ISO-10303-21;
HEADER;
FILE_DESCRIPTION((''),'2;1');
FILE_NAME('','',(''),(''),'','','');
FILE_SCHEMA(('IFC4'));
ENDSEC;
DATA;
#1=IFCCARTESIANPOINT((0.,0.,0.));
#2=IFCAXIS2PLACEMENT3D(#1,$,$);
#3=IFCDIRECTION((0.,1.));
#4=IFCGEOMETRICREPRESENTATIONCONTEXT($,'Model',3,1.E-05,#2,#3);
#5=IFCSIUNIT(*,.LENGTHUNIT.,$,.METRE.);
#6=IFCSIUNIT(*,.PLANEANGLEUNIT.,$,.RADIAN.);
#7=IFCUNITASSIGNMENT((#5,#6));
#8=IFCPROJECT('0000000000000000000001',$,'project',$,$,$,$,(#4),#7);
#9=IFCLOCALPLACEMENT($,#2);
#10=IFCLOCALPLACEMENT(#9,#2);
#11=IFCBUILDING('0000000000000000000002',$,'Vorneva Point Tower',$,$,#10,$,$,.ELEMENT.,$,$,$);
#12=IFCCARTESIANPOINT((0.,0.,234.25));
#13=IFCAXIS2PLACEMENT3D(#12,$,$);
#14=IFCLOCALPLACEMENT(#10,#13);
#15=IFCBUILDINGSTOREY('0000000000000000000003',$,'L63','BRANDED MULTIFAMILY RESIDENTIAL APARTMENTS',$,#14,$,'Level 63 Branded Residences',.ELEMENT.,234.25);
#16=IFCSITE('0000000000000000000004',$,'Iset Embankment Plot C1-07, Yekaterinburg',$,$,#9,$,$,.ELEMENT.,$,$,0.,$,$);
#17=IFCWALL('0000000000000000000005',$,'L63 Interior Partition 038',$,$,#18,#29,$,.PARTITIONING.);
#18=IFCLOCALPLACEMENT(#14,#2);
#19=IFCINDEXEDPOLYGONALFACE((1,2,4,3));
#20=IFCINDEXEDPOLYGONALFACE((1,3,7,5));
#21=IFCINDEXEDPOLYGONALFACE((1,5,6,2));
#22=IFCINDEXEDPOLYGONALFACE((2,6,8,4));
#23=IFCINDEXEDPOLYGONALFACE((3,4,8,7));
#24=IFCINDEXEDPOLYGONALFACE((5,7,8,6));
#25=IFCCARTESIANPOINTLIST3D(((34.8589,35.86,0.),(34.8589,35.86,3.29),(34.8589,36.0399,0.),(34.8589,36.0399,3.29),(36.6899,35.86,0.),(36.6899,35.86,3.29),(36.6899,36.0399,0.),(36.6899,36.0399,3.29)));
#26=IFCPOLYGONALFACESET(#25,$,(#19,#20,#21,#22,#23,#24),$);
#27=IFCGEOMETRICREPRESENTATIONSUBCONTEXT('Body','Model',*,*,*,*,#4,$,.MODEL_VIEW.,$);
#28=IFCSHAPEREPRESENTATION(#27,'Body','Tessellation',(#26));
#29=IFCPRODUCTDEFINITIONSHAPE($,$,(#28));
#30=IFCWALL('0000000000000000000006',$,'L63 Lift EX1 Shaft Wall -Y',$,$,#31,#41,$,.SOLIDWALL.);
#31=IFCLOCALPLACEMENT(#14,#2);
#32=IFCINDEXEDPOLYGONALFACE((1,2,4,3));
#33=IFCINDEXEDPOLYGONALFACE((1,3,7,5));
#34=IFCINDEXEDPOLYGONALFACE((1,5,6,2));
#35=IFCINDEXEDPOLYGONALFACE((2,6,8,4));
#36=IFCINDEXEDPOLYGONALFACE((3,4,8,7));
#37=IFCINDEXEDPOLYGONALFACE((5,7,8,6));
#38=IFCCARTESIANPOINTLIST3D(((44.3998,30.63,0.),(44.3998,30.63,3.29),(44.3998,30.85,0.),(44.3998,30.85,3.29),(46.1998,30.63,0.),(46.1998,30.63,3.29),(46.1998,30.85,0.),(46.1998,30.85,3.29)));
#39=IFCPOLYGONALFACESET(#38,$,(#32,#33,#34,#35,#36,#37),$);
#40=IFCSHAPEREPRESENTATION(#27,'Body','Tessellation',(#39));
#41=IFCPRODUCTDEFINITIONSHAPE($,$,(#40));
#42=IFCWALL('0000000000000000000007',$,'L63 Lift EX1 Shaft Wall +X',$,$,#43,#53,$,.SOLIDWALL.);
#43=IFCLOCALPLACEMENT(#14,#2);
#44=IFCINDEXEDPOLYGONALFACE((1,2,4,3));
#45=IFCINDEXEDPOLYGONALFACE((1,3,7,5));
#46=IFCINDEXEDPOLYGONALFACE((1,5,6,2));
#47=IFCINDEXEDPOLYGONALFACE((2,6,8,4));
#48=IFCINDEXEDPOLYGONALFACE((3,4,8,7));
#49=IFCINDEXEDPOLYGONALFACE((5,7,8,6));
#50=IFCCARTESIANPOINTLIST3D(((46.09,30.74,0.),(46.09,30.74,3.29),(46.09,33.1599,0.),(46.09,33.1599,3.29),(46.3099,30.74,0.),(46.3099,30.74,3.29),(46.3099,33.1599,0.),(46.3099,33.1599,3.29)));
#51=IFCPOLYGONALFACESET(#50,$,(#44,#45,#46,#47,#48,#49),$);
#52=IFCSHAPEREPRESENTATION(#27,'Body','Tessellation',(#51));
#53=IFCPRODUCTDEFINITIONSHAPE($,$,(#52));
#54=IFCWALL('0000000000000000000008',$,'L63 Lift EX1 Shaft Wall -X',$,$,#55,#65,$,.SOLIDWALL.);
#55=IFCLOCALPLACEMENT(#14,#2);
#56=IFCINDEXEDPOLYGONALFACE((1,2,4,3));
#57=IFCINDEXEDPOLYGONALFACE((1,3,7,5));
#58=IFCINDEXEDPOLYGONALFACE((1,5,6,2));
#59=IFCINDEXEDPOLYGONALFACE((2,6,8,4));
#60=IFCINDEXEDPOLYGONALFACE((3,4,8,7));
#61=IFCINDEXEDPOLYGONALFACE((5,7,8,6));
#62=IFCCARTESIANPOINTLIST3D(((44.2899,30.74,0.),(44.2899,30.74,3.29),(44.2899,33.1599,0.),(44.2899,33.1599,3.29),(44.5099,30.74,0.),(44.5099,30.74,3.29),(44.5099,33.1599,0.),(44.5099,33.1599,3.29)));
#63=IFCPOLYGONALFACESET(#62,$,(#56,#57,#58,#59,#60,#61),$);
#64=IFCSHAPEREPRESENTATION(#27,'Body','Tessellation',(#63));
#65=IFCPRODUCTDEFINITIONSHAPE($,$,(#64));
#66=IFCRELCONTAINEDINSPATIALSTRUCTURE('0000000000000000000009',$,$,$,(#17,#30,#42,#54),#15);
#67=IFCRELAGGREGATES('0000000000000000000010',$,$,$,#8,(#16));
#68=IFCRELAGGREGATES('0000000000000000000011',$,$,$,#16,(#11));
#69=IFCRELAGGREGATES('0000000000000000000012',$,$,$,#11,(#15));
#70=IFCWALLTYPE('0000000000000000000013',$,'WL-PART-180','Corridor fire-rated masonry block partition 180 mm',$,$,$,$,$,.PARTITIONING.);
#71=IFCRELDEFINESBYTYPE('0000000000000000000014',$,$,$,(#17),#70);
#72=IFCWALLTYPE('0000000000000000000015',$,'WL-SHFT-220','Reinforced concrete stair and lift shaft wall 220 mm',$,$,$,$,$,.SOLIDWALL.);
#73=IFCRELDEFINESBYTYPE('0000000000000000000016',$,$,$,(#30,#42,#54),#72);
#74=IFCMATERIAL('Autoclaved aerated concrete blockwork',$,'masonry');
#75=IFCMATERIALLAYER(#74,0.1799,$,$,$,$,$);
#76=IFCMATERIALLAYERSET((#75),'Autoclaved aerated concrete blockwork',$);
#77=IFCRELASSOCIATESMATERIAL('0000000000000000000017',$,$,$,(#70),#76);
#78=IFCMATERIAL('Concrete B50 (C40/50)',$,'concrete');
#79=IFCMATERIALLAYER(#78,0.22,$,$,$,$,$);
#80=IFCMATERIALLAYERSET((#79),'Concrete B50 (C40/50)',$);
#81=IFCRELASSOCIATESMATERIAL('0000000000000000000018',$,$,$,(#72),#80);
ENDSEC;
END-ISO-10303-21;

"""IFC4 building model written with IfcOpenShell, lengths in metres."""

from ifc_helpers import new_model, si_unit, direction, frame, frame_2d, origin, place, context, subcontext, project, spatial, rectangle, extrude, material, layer, layer_set, type_object, element, save


model = new_model("IFC4")

# Units and contexts
model_context = context("Model", 3, precision=1e-05, world=origin(), true_north=direction((0.0, 1.0)))
body_context = subcontext(model_context, "Body", "Model", "MODEL_VIEW")
ifc_project = project(units=[si_unit("LENGTHUNIT", "METRE"), si_unit("PLANEANGLEUNIT", "RADIAN")], contexts=[model_context])

# Site, building, storey
site_placement = place(None, origin())
site = spatial("IfcSite", under=ifc_project, at=site_placement, Name="Iset Embankment Plot C1-07, Yekaterinburg", CompositionType="ELEMENT", RefElevation=0.0)
building_placement = place(site_placement, origin())
building = spatial("IfcBuilding", under=site, at=building_placement, Name="Vorneva Point Tower", CompositionType="ELEMENT")
storey_placement = place(building_placement, frame((0.0, 0.0, 234.25)))
storey = spatial("IfcBuildingStorey", under=building, at=storey_placement, Name="L63", Description="BRANDED MULTIFAMILY RESIDENTIAL APARTMENTS", LongName="Level 63 Branded Residences", CompositionType="ELEMENT", Elevation=234.25)

# Shared definitions
ifc_material_1 = material(Name="Concrete B50 (C40/50)", Category="concrete")

# Shared definitions
ifc_material_2 = material(Name="Autoclaved aerated concrete blockwork", Category="masonry")
ifc_layer_1 = layer(ifc_material_2, 0.1799)
ifc_layer_set_1 = layer_set([ifc_layer_1], Name="Autoclaved aerated concrete blockwork")
wall_type_1 = type_object("IfcWallType", Name="WL-PART-180", Description="Corridor fire-rated masonry block partition 180 mm", PredefinedType="PARTITIONING", material=ifc_layer_set_1)

# Walls
wall_1_placement = place(storey_placement, frame((36.6899, 35.95, 0.0), z_axis=(0.0, 0.0, 1.0), x_axis=(-1.0, 0.0, 0.0)))
element("IfcWall", 1, at=wall_1_placement, inside=storey, type_object=wall_type_1, Name="L63 Interior Partition 038", PredefinedType="PARTITIONING", context=body_context, shape_type="SweptSolid", body=[
    extrude(rectangle(XDim=1.8311, YDim=0.1799, at=frame_2d((0.9155, 0.0))), origin(), (0.0, 0.0, 1.0), 3.29),
])
ifc_layer_2 = layer(ifc_material_1, 0.22)
ifc_layer_set_2 = layer_set([ifc_layer_2], Name="Concrete B50 (C40/50)")
wall_type_2 = type_object("IfcWallType", Name="WL-SHFT-220", Description="Reinforced concrete stair and lift shaft wall 220 mm", PredefinedType="SOLIDWALL", material=ifc_layer_set_2)
wall_2_placement = place(storey_placement, frame((44.3999, 30.74, 0.0), z_axis=(0.0, 0.0, 1.0), x_axis=(1.0, 0.0, 0.0)))
element("IfcWall", 2, at=wall_2_placement, inside=storey, type_object=wall_type_2, Name="L63 Lift EX1 Shaft Wall -Y", PredefinedType="SOLIDWALL", context=body_context, shape_type="SweptSolid", body=[
    extrude(rectangle(XDim=1.8, YDim=0.22, at=frame_2d((0.8999, 0.0))), origin(), (0.0, 0.0, 1.0), 3.29),
])
for number, where, z_axis, x_axis, name in (
    (3, (46.2, 30.74, 0.0), (0.0, 0.0, 1.0), (0.0, 1.0, 0.0), "L63 Lift EX1 Shaft Wall +X"),
    (4, (44.3999, 33.1599, 0.0), (0.0, 0.0, 1.0), (0.0, -1.0, 0.0), "L63 Lift EX1 Shaft Wall -X"),
):
    element("IfcWall", number, at=place(storey_placement, frame(where, z_axis=z_axis, x_axis=x_axis)), inside=storey, type_object=wall_type_2, Name=name, PredefinedType="SOLIDWALL", context=body_context, shape_type="SweptSolid", body=[
        extrude(rectangle(XDim=2.4199, YDim=0.22, at=frame_2d((1.21, 0.0))), origin(), (0.0, 0.0, 1.0), 3.29),
    ])

save(model, "model.ifc")
